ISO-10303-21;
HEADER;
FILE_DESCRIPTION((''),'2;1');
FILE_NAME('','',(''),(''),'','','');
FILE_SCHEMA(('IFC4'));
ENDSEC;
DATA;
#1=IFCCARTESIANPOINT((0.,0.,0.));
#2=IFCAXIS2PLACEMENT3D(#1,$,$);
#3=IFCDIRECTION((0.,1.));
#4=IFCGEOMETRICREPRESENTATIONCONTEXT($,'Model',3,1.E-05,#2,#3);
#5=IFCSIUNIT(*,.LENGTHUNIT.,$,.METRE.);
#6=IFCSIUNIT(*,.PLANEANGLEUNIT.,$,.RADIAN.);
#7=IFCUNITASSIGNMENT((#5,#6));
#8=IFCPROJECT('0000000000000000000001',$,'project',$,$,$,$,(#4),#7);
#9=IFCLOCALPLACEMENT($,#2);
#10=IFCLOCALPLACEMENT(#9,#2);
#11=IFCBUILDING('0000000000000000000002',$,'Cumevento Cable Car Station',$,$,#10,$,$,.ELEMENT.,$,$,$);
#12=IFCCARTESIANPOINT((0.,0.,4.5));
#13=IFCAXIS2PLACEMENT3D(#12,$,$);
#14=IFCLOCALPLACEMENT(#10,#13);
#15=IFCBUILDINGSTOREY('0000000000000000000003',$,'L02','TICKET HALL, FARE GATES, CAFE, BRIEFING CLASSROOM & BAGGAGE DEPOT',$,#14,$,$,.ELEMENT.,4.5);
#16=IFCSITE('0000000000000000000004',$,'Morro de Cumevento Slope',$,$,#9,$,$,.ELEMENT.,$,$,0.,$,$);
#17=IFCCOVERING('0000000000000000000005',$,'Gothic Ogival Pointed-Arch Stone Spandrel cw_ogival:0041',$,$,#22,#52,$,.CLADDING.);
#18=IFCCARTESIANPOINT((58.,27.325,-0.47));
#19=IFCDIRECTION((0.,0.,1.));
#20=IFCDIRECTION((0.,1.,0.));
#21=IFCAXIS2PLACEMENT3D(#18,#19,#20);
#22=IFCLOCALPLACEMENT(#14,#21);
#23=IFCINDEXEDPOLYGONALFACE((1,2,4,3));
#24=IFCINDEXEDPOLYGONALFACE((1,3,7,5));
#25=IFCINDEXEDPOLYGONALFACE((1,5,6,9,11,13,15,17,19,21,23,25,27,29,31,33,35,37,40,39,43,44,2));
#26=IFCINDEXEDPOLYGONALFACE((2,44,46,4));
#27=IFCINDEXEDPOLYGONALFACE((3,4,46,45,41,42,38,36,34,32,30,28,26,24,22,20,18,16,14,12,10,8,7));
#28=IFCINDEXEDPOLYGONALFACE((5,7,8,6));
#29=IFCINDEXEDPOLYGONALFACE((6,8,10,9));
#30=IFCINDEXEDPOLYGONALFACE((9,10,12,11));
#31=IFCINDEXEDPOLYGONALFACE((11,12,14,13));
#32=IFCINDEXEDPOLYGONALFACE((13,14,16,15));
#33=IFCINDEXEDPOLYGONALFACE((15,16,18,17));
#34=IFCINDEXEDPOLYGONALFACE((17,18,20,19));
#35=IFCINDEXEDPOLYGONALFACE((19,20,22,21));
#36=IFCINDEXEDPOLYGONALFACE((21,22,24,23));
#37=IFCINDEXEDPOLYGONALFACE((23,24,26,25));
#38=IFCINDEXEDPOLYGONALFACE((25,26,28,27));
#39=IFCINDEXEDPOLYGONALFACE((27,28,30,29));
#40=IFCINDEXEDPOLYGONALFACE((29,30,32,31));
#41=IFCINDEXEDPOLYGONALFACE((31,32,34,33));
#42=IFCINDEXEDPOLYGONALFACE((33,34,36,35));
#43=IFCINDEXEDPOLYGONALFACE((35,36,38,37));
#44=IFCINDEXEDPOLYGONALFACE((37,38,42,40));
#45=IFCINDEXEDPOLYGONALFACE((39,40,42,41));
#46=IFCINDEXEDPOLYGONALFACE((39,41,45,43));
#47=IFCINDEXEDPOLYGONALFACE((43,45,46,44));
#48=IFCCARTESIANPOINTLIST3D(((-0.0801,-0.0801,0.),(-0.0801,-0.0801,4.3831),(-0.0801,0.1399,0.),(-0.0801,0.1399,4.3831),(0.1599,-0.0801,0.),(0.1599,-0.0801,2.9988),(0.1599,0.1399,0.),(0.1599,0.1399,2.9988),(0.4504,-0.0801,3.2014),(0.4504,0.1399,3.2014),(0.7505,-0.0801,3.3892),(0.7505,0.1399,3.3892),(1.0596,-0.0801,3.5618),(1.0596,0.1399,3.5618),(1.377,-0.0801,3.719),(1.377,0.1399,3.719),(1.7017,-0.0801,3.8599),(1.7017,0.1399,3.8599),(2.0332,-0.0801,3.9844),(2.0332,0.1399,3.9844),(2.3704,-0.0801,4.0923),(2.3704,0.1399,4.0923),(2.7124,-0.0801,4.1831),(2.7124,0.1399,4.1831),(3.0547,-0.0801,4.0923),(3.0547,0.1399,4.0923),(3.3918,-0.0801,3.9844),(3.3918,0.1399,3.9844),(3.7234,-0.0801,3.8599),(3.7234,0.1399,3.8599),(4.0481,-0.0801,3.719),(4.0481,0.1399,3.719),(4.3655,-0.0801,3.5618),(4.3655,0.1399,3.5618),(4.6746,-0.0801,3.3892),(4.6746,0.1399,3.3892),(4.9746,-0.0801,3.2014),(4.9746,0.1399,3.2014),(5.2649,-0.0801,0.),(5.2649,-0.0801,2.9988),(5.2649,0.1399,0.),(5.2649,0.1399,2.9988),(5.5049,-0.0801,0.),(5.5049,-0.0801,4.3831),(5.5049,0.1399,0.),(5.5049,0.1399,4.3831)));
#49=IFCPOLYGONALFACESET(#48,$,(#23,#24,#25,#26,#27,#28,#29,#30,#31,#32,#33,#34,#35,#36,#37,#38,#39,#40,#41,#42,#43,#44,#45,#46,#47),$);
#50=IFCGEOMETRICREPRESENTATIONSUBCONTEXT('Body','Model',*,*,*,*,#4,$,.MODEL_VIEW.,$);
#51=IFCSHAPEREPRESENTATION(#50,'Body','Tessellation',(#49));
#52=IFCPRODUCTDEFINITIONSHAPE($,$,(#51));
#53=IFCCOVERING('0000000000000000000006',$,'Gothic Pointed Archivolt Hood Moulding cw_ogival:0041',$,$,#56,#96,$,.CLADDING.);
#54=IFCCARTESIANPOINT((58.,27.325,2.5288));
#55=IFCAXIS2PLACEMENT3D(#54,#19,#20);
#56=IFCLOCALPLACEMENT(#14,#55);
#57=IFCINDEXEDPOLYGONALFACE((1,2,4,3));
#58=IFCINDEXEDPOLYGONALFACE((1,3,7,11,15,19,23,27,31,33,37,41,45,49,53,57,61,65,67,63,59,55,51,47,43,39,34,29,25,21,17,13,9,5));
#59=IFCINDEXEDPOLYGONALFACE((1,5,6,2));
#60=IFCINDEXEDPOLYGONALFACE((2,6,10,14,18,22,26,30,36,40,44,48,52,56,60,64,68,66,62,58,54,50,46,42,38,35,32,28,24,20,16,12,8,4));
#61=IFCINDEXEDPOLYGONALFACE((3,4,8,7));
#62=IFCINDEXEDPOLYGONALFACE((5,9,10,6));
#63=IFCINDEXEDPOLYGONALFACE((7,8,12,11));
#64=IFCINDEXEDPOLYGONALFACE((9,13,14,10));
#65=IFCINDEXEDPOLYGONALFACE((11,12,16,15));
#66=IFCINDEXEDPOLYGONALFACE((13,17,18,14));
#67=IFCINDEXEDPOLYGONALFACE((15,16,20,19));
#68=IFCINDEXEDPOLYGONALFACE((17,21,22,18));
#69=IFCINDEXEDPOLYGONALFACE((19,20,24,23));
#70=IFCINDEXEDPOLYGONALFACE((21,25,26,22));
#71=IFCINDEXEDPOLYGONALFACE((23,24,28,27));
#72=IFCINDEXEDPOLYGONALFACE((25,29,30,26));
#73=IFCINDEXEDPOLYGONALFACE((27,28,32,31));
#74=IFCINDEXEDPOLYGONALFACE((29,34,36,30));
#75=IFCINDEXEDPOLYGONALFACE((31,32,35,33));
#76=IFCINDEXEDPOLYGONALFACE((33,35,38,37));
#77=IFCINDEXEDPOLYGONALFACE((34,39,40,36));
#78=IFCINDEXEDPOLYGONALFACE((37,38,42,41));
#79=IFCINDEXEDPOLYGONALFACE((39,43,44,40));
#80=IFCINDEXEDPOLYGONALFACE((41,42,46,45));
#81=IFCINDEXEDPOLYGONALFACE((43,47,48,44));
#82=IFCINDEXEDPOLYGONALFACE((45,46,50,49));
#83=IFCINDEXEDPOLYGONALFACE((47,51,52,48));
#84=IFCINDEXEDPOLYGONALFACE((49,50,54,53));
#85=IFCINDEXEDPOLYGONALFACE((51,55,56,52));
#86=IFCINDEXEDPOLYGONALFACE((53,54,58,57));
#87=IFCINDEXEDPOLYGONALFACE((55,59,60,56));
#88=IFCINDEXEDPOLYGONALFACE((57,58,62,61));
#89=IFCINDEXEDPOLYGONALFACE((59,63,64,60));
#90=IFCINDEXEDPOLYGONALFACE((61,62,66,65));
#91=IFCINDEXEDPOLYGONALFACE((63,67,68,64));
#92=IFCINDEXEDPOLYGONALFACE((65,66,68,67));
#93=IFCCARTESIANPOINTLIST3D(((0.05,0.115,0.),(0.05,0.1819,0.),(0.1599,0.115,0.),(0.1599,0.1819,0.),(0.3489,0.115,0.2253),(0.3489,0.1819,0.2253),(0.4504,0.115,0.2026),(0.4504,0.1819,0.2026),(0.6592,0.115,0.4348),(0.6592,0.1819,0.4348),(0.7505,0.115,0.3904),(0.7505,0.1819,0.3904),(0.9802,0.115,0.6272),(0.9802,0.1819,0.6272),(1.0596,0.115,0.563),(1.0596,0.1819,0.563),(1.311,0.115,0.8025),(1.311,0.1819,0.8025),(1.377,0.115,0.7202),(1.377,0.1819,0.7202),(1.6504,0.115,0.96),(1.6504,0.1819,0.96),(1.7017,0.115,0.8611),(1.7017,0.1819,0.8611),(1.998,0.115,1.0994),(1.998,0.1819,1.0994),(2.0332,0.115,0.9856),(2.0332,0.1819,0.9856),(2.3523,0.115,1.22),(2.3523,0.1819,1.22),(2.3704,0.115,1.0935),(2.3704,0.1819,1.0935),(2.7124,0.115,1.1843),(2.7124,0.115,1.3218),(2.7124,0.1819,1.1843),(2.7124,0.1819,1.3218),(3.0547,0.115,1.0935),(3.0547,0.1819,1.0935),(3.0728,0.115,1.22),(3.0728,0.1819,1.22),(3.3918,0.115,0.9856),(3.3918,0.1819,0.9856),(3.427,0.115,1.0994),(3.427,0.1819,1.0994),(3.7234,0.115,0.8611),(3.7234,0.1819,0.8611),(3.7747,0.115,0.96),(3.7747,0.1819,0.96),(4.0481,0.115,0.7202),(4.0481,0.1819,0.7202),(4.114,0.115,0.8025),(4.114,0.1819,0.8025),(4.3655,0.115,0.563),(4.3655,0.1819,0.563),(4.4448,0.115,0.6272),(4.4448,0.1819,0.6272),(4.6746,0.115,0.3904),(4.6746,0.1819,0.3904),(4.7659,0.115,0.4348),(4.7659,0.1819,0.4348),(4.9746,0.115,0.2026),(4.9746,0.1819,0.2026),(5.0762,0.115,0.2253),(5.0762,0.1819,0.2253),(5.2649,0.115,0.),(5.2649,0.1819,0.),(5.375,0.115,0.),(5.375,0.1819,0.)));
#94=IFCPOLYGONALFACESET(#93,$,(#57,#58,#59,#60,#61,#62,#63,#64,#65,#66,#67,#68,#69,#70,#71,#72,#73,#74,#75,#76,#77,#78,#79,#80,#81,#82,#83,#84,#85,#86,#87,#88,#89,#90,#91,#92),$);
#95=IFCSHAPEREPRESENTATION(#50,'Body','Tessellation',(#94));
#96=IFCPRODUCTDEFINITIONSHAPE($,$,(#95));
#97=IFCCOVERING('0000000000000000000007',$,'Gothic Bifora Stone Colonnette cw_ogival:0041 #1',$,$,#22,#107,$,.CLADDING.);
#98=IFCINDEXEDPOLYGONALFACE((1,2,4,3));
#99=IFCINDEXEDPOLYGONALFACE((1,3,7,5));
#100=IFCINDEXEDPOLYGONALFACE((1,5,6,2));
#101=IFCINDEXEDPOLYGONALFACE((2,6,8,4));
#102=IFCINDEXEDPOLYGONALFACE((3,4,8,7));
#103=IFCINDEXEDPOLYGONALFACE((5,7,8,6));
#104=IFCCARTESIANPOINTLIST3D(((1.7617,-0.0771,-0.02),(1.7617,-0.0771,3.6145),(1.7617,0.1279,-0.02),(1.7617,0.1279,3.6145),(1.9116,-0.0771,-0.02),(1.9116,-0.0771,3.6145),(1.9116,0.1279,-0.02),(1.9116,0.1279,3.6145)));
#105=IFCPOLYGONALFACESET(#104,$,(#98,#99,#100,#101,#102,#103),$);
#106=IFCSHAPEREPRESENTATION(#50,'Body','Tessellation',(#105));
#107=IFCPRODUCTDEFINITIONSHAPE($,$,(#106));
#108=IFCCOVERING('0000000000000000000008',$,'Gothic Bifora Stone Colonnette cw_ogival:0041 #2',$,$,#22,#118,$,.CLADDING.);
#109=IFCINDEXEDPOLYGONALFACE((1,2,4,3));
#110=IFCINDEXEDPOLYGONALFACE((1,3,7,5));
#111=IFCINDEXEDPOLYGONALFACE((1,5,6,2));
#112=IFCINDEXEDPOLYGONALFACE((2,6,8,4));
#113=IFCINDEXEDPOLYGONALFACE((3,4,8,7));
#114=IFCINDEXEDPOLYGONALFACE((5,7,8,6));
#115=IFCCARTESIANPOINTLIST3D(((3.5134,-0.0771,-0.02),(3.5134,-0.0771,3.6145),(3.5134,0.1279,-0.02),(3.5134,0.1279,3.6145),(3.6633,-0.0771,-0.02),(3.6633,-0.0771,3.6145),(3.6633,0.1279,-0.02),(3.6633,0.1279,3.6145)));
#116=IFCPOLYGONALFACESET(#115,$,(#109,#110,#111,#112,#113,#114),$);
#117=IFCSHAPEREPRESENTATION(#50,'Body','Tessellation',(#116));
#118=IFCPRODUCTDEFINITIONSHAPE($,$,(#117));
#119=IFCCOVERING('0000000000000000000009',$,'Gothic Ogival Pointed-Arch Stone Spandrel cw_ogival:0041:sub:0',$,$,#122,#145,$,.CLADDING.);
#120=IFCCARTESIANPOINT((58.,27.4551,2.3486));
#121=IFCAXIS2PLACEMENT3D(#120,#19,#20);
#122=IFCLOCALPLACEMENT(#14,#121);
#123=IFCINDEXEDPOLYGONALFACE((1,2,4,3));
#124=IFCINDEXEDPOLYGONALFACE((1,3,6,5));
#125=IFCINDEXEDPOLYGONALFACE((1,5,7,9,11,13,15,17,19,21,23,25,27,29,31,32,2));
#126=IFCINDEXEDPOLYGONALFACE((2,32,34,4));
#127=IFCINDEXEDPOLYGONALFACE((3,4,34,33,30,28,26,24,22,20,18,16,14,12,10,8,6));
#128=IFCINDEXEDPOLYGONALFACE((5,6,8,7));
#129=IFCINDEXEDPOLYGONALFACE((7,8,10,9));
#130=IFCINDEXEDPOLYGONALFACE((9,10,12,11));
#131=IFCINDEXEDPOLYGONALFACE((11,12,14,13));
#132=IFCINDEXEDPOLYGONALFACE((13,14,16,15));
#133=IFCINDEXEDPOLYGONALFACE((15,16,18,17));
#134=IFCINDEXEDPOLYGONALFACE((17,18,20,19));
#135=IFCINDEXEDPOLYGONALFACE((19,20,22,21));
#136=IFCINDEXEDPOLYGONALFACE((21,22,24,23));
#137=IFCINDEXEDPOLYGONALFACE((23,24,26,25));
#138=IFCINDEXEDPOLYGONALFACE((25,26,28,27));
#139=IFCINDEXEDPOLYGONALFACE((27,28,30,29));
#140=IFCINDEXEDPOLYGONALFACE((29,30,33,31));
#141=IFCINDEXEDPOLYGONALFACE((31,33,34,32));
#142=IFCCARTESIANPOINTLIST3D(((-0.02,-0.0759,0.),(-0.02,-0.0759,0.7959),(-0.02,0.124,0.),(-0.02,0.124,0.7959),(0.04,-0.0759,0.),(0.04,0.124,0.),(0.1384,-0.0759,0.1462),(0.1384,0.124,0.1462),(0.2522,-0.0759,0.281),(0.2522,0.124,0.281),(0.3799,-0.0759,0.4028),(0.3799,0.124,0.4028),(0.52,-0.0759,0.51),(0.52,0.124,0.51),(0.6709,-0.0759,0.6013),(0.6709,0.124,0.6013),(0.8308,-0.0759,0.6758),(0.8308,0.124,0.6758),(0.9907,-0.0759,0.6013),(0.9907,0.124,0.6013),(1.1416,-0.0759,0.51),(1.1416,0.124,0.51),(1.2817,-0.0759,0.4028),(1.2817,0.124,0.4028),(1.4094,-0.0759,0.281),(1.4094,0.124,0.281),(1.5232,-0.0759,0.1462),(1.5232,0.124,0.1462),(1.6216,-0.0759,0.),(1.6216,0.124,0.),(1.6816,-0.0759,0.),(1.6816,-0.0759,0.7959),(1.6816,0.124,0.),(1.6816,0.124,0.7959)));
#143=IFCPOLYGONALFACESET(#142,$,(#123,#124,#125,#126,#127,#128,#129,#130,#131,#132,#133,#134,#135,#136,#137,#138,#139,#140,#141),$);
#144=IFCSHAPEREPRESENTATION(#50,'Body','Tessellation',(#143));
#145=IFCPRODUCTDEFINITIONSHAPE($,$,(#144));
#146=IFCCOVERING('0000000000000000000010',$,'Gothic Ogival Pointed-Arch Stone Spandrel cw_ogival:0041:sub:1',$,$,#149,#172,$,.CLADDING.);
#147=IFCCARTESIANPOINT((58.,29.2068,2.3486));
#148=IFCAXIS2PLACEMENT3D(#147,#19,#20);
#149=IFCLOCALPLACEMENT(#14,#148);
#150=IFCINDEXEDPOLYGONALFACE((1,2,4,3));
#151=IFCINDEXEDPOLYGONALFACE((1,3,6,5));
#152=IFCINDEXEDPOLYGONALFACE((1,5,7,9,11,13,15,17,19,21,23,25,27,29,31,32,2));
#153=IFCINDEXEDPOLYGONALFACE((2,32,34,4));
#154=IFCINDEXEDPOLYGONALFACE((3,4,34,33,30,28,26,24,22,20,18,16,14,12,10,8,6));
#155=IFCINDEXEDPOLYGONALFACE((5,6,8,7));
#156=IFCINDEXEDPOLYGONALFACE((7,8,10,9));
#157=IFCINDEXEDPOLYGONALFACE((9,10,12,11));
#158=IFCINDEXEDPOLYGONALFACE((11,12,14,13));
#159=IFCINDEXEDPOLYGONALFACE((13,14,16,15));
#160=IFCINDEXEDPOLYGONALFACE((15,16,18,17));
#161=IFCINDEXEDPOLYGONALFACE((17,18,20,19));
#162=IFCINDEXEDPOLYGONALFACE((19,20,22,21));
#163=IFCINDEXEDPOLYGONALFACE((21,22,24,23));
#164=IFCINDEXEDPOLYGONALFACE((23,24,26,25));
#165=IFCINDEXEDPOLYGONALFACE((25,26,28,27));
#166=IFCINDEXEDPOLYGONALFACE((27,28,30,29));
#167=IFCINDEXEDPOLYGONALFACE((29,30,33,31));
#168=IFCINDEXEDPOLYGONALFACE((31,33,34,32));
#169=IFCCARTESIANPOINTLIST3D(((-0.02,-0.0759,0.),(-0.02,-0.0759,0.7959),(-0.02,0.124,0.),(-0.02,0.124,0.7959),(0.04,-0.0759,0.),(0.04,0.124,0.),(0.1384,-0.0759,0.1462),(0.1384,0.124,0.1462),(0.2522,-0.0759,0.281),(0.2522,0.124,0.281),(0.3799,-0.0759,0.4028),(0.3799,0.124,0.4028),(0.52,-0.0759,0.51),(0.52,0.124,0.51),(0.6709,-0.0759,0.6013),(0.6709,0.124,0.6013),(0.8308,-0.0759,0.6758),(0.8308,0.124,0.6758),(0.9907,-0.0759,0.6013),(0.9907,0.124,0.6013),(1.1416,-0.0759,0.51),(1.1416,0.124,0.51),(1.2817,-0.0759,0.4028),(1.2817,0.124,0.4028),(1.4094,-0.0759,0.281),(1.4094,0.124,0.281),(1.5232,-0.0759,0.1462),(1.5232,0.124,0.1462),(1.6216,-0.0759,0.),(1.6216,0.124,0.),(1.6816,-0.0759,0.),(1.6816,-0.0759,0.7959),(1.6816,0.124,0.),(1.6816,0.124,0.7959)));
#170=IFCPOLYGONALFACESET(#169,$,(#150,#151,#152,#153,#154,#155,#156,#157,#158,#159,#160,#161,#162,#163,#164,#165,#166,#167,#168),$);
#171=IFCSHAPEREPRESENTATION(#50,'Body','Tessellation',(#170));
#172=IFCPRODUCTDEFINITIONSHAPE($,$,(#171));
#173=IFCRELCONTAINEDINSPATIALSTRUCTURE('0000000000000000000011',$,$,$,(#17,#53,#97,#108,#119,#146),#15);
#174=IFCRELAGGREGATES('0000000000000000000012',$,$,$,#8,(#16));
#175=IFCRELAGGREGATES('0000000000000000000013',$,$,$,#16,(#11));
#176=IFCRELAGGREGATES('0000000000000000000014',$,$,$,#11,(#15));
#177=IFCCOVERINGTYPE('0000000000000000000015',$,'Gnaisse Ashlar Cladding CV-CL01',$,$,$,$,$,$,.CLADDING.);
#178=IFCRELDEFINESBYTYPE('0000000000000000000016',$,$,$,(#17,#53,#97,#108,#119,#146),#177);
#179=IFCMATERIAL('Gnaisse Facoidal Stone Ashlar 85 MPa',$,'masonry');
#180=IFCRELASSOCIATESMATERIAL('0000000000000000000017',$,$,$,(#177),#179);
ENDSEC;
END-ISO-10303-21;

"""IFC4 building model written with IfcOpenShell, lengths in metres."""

from ifc_helpers import new_model, si_unit, direction, frame, origin, place, context, subcontext, project, spatial, polyline, outline, extrude, material, type_object, element, save


model = new_model("IFC4")

# Units and contexts
model_context = context("Model", 3, precision=1e-05, world=origin(), true_north=direction((0.0, 1.0)))
body_context = subcontext(model_context, "Body", "Model", "MODEL_VIEW")
ifc_project = project(units=[si_unit("LENGTHUNIT", "METRE"), si_unit("PLANEANGLEUNIT", "RADIAN")], contexts=[model_context])

# Site, building, storey
site_placement = place(None, origin())
site = spatial("IfcSite", under=ifc_project, at=site_placement, Name="Morro de Cumevento Slope", CompositionType="ELEMENT", RefElevation=0.0)
building_placement = place(site_placement, origin())
building = spatial("IfcBuilding", under=site, at=building_placement, Name="Cumevento Cable Car Station", CompositionType="ELEMENT")
storey_placement = place(building_placement, frame((0.0, 0.0, 4.5)))
storey = spatial("IfcBuildingStorey", under=building, at=storey_placement, Name="L02", Description="TICKET HALL, FARE GATES, CAFE, BRIEFING CLASSROOM & BAGGAGE DEPOT", CompositionType="ELEMENT", Elevation=4.5)

# Coverings
ifc_material_1 = material(Name="Gnaisse Facoidal Stone Ashlar 85 MPa", Category="masonry")
covering_type = type_object("IfcCoveringType", Name="Gnaisse Ashlar Cladding CV-CL01", PredefinedType="CLADDING", material=ifc_material_1)
placement = place(storey_placement, frame((58.0, 27.325, -0.47), z_axis=(0.0, 0.0, 1.0), x_axis=(0.0, 1.0, 0.0)))
element("IfcCovering", 1, at=placement, inside=storey, type_object=covering_type, Name="Gothic Ogival Pointed-Arch Stone Spandrel cw_ogival:0041", PredefinedType="CLADDING", context=body_context, shape_type="SweptSolid", body=[
    extrude(outline(polyline([(-0.0801, 0.0), (-0.0801, 4.3831), (5.5049, 4.3831), (5.5049, 0.0), (5.2649, 0.0), (5.2649, 2.9988), (4.9746, 3.2014), (4.6746, 3.3892), (4.3655, 3.5618), (4.0481, 3.719), (3.7234, 3.8599), (3.3918, 3.9844), (3.0547, 4.0923), (2.7124, 4.1831), (2.3704, 4.0923), (2.0332, 3.9844), (1.7017, 3.8599), (1.377, 3.719), (1.0596, 3.5618), (0.7505, 3.3892), (0.4504, 3.2014), (0.1599, 2.9988), (0.1599, 0.0), (-0.0801, 0.0)])), frame((0.0, 0.1399, 0.0), z_axis=(0.0, -1.0, 0.0), x_axis=(1.0, 0.0, 0.0)), (0.0, 0.0, 1.0), 0.22),
])
covering_1_placement = place(storey_placement, frame((58.0, 27.325, 2.5288), z_axis=(0.0, 0.0, 1.0), x_axis=(0.0, 1.0, 0.0)))
element("IfcCovering", 2, at=covering_1_placement, inside=storey, type_object=covering_type, Name="Gothic Pointed Archivolt Hood Moulding cw_ogival:0041", PredefinedType="CLADDING", context=body_context, shape_type="SweptSolid", body=[
    extrude(outline(polyline([(0.1599, 0.0), (0.4504, 0.2026), (0.7505, 0.3904), (1.0596, 0.563), (1.377, 0.7202), (1.7017, 0.8611), (2.0332, 0.9856), (2.3704, 1.0935), (2.7124, 1.1843), (3.0547, 1.0935), (3.3918, 0.9856), (3.7234, 0.8611), (4.0481, 0.7202), (4.3655, 0.563), (4.6746, 0.3904), (4.9746, 0.2026), (5.2649, 0.0), (5.375, 0.0), (5.0762, 0.2253), (4.7659, 0.4348), (4.4448, 0.6272), (4.114, 0.8025), (3.7747, 0.96), (3.427, 1.0994), (3.0728, 1.22), (2.7124, 1.3218), (2.3523, 1.22), (1.998, 1.0994), (1.6504, 0.96), (1.311, 0.8025), (0.9802, 0.6272), (0.6592, 0.4348), (0.3489, 0.2253), (0.05, 0.0), (0.1599, 0.0)])), frame((0.0, 0.1819, 0.0), z_axis=(0.0, -1.0, 0.0), x_axis=(1.0, 0.0, 0.0)), (0.0, 0.0, 1.0), 0.0669),
])
element("IfcCovering", 3, at=placement, inside=storey, type_object=covering_type, Name="Gothic Bifora Stone Colonnette cw_ogival:0041 #1", PredefinedType="CLADDING", context=body_context, shape_type="SweptSolid", body=[
    extrude(outline(polyline([(1.7617, -0.02), (1.9116, -0.02), (1.9116, 3.6145), (1.7617, 3.6145), (1.7617, -0.02)])), frame((0.0, 0.1279, 0.0), z_axis=(0.0, -1.0, 0.0), x_axis=(1.0, 0.0, 0.0)), (0.0, 0.0, 1.0), 0.2051),
])
element("IfcCovering", 4, at=placement, inside=storey, type_object=covering_type, Name="Gothic Bifora Stone Colonnette cw_ogival:0041 #2", PredefinedType="CLADDING", context=body_context, shape_type="SweptSolid", body=[
    extrude(outline(polyline([(3.5134, -0.02), (3.6633, -0.02), (3.6633, 3.6145), (3.5134, 3.6145), (3.5134, -0.02)])), frame((0.0, 0.1279, 0.0), z_axis=(0.0, -1.0, 0.0), x_axis=(1.0, 0.0, 0.0)), (0.0, 0.0, 1.0), 0.2051),
])
for number, where, z_axis, x_axis, name in (
    (5, (58.0, 27.4551, 2.3486), (0.0, 0.0, 1.0), (0.0, 1.0, 0.0), "Gothic Ogival Pointed-Arch Stone Spandrel cw_ogival:0041:sub:0"),
    (6, (58.0, 29.2068, 2.3486), (0.0, 0.0, 1.0), (0.0, 1.0, 0.0), "Gothic Ogival Pointed-Arch Stone Spandrel cw_ogival:0041:sub:1"),
):
    element("IfcCovering", number, at=place(storey_placement, frame(where, z_axis=z_axis, x_axis=x_axis)), inside=storey, type_object=covering_type, Name=name, PredefinedType="CLADDING", context=body_context, shape_type="SweptSolid", body=[
        extrude(outline(polyline([(-0.02, 0.0), (-0.02, 0.7959), (1.6816, 0.7959), (1.6816, 0.0), (1.6216, 0.0), (1.5232, 0.1462), (1.4094, 0.281), (1.2817, 0.4028), (1.1416, 0.51), (0.9907, 0.6013), (0.8308, 0.6758), (0.6709, 0.6013), (0.52, 0.51), (0.3799, 0.4028), (0.2522, 0.281), (0.1384, 0.1462), (0.04, 0.0), (-0.02, 0.0)])), frame((0.0, 0.124, 0.0), z_axis=(0.0, -1.0, 0.0), x_axis=(1.0, 0.0, 0.0)), (0.0, 0.0, 1.0), 0.2),
    ])

save(model, "model.ifc")
